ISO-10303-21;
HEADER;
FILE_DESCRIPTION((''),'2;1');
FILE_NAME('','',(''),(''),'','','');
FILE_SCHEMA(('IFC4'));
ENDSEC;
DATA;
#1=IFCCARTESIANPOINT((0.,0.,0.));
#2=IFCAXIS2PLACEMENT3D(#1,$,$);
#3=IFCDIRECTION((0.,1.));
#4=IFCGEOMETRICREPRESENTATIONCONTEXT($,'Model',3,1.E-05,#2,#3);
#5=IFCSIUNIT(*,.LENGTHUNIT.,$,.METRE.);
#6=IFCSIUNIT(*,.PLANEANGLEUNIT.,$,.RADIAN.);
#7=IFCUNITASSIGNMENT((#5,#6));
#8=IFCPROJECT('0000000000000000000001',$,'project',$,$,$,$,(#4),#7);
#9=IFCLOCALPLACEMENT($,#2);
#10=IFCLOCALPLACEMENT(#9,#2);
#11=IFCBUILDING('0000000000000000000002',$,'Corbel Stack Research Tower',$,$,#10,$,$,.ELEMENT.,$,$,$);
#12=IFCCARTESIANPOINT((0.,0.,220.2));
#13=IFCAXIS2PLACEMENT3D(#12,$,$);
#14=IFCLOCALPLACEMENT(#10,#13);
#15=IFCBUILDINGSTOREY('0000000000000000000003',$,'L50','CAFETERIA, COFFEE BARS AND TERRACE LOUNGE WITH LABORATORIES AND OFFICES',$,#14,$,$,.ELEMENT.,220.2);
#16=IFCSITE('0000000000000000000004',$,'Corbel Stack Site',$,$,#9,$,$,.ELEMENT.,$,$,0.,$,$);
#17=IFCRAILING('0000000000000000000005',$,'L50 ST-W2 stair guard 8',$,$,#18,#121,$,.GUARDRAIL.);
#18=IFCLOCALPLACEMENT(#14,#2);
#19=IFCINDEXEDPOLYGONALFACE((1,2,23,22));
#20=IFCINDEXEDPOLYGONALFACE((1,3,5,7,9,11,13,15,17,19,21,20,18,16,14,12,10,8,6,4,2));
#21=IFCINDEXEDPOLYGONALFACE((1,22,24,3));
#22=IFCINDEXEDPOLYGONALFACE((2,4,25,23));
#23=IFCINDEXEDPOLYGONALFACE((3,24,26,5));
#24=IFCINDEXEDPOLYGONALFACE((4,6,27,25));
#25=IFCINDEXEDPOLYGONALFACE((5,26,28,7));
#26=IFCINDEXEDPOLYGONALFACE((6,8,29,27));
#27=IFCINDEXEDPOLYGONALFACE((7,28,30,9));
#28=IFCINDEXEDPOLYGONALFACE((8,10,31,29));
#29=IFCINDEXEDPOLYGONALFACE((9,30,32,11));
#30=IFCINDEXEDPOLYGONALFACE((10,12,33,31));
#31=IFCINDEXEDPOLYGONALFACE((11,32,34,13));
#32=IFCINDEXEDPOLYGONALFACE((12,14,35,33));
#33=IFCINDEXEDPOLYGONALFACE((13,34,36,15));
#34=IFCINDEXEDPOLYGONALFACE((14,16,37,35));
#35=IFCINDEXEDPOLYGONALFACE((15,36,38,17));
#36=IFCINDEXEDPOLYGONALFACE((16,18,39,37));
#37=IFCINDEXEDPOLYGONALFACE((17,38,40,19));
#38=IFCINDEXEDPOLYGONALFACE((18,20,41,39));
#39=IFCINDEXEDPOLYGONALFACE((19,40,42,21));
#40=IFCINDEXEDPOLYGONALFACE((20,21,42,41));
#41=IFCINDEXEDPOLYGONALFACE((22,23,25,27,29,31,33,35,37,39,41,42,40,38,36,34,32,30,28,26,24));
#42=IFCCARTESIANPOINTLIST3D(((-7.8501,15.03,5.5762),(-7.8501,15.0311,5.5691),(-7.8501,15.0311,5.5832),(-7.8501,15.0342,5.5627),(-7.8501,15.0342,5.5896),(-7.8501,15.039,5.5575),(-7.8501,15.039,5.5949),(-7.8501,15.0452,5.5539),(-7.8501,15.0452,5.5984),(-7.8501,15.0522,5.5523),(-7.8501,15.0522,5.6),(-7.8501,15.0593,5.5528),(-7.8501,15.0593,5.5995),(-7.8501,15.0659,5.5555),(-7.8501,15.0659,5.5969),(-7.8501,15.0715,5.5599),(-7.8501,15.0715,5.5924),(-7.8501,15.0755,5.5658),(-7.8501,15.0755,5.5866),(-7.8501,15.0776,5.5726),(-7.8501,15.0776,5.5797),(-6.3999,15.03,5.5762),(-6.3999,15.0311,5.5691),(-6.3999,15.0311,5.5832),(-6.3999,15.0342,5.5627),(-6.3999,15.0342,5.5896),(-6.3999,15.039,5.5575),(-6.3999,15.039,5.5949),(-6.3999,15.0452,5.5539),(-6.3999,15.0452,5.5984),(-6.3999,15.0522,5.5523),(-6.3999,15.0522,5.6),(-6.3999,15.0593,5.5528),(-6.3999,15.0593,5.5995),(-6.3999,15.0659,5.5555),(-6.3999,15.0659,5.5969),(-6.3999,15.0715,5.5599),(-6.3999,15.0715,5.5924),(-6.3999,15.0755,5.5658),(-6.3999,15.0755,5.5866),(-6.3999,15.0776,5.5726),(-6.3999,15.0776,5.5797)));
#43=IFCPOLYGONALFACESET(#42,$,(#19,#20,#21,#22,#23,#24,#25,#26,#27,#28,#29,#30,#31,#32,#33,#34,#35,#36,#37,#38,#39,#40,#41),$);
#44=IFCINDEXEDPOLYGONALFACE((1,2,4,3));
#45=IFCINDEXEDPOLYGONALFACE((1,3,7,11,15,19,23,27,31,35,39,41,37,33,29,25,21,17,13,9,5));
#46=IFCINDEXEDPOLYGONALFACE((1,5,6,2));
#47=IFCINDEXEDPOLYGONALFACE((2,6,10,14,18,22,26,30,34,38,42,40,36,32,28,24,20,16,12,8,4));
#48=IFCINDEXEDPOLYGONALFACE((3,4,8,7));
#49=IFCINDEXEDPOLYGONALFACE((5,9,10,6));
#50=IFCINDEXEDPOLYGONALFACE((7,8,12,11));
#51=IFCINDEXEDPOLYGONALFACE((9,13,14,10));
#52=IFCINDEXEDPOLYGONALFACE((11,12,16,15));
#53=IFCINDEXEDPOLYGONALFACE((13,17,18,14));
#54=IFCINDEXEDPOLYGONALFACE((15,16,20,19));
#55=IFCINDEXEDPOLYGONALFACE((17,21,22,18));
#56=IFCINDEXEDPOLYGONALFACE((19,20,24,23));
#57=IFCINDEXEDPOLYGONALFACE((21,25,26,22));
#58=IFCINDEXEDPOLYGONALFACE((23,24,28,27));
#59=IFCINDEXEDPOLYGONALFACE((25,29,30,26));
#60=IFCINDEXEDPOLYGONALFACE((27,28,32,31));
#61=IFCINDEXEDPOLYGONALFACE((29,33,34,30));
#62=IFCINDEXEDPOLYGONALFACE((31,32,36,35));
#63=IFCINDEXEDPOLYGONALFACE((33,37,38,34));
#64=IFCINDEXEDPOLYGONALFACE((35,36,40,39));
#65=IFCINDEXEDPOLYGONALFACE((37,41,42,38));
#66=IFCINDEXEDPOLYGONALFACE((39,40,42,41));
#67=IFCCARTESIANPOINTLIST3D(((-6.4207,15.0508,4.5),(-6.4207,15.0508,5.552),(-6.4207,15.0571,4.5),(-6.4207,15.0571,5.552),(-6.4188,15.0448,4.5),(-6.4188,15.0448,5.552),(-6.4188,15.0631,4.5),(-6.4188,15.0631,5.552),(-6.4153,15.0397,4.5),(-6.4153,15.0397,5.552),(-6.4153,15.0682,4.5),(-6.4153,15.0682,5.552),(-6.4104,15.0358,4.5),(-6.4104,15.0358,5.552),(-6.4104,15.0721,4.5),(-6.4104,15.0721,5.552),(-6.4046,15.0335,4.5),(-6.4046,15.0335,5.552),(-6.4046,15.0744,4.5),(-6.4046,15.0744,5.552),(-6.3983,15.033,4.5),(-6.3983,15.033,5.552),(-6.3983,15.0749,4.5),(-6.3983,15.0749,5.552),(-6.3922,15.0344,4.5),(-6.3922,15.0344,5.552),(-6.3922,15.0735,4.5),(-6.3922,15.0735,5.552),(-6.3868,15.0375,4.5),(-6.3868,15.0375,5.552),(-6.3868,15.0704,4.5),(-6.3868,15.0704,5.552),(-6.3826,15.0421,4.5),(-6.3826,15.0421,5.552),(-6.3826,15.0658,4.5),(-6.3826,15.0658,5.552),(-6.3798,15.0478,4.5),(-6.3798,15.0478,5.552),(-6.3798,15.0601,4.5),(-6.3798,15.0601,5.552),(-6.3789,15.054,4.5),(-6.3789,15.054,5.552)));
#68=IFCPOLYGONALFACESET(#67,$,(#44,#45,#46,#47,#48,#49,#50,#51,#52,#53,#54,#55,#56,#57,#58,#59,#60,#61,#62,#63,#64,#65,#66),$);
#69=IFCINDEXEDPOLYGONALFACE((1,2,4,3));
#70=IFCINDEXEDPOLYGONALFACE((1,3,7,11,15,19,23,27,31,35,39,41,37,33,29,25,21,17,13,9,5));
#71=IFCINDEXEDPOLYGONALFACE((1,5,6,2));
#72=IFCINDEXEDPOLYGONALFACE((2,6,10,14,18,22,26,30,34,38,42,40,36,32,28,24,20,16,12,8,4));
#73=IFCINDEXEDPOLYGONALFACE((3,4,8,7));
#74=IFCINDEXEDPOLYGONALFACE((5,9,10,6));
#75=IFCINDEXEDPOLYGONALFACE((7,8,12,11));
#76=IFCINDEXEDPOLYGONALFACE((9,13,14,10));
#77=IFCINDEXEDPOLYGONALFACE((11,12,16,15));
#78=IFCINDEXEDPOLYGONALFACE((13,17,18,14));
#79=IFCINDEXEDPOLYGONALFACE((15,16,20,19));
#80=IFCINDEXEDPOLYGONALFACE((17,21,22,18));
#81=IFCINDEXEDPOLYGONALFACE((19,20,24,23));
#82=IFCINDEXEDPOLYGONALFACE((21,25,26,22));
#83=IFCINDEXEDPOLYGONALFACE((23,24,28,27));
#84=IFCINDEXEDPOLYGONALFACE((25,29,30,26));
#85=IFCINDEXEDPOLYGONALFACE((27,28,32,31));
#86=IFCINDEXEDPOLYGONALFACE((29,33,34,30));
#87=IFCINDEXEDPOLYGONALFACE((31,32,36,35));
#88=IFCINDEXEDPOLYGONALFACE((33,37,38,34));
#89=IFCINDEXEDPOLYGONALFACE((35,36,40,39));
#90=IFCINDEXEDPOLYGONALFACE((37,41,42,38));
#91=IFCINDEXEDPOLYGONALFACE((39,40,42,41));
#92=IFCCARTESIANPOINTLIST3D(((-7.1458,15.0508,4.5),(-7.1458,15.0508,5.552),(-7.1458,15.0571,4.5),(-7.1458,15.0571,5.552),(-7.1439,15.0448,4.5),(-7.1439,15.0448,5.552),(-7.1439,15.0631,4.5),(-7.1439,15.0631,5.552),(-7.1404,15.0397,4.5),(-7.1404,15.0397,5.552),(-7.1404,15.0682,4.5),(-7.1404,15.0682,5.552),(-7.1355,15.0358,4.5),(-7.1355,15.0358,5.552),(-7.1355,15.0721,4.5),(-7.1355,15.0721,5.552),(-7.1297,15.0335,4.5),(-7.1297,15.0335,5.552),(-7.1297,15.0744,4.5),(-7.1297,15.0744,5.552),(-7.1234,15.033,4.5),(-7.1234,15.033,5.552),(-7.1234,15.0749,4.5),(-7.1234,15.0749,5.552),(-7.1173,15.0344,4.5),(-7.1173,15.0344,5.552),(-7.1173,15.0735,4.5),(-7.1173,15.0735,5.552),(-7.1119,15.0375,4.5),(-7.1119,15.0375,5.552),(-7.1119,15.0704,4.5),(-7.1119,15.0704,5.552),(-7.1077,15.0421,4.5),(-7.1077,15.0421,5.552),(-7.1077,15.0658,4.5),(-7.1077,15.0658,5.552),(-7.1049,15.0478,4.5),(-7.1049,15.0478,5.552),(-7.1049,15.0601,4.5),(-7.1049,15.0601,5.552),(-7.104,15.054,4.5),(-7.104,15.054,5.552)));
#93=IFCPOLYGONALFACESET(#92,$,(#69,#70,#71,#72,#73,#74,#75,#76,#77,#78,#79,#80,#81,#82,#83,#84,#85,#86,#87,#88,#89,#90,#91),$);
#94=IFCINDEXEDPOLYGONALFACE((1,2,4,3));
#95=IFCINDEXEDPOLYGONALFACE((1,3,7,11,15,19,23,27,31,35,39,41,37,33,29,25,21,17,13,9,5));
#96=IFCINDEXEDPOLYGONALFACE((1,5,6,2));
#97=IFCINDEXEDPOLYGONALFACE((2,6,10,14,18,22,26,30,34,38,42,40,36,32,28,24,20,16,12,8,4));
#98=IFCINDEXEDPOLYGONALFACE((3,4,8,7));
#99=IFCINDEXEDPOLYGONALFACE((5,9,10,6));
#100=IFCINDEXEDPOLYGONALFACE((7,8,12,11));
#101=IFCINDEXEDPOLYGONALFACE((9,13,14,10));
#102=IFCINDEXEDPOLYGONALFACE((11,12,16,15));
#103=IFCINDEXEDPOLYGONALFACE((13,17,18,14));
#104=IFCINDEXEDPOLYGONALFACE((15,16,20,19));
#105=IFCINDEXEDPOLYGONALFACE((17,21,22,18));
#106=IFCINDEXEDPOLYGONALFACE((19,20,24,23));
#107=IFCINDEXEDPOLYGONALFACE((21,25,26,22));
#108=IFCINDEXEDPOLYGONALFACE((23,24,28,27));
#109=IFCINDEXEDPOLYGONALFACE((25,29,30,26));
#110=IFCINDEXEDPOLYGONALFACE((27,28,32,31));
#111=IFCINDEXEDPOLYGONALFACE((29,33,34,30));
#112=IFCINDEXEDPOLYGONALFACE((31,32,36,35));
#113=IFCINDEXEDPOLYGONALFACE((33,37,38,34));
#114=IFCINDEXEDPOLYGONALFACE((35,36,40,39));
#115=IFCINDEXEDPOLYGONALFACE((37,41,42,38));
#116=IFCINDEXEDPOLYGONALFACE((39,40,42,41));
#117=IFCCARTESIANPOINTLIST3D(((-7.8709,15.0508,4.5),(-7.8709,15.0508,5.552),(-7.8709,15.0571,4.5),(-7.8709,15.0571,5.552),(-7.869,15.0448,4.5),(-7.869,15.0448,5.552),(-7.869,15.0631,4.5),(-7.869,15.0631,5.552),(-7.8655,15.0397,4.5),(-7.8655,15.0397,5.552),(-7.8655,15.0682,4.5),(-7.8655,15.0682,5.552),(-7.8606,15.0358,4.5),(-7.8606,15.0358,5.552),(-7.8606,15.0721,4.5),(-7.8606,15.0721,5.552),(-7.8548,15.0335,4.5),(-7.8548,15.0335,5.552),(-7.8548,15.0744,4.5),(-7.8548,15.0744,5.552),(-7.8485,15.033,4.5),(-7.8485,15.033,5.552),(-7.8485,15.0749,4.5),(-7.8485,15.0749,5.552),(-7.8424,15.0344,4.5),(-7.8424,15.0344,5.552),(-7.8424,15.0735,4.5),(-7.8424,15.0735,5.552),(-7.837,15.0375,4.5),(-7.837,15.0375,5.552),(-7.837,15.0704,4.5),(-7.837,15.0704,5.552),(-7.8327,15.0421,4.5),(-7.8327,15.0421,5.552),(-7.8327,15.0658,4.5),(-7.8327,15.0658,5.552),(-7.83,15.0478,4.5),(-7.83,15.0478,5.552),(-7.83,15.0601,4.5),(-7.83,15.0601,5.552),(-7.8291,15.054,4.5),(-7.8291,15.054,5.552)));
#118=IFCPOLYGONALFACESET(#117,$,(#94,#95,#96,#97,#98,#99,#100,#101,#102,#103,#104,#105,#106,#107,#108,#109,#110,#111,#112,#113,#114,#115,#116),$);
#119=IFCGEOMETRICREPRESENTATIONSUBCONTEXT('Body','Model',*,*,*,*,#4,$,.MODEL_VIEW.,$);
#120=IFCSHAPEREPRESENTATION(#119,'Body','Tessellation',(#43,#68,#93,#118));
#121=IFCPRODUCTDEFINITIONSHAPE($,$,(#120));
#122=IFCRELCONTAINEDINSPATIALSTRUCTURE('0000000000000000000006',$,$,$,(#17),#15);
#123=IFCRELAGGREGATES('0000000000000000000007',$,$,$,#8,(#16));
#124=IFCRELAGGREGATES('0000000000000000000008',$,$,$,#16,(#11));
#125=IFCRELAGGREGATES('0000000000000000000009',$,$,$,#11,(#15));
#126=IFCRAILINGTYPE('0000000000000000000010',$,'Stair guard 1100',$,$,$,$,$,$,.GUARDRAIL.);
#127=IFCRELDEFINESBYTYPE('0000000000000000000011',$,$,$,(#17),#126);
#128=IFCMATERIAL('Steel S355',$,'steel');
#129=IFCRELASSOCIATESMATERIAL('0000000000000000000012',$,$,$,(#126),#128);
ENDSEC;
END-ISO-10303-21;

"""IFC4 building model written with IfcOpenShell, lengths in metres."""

from ifc_helpers import new_model, si_unit, direction, frame, origin, origin_2d, place, context, subcontext, project, spatial, circle, extrude, material, type_object, element, save


model = new_model("IFC4")

# Units and contexts
model_context = context("Model", 3, precision=1e-05, world=origin(), true_north=direction((0.0, 1.0)))
body_context = subcontext(model_context, "Body", "Model", "MODEL_VIEW")
ifc_project = project(units=[si_unit("LENGTHUNIT", "METRE"), si_unit("PLANEANGLEUNIT", "RADIAN")], contexts=[model_context])

# Site, building, storey
site_placement = place(None, origin())
site = spatial("IfcSite", under=ifc_project, at=site_placement, Name="Corbel Stack Site", CompositionType="ELEMENT", RefElevation=0.0)
building_placement = place(site_placement, origin())
building = spatial("IfcBuilding", under=site, at=building_placement, Name="Corbel Stack Research Tower", CompositionType="ELEMENT")
storey_placement = place(building_placement, frame((0.0, 0.0, 220.2)))
storey = spatial("IfcBuildingStorey", under=building, at=storey_placement, Name="L50", Description="CAFETERIA, COFFEE BARS AND TERRACE LOUNGE WITH LABORATORIES AND OFFICES", CompositionType="ELEMENT", Elevation=220.2)

# Railing
ifc_material_1 = material(Name="Steel S355", Category="steel")
railing_type_1 = type_object("IfcRailingType", Name="Stair guard 1100", PredefinedType="GUARDRAIL", material=ifc_material_1)
railing_1_placement = place(storey_placement, frame((-6.3999, 15.054, 4.5)))
element("IfcRailing", 1, at=railing_1_placement, inside=storey, type_object=railing_type_1, Name="L50 ST-W2 stair guard 8", PredefinedType="GUARDRAIL", context=body_context, shape_type="SweptSolid", body=[
    extrude(circle(Radius=0.0239, at=origin_2d()), frame((0.0, 0.0, 1.0762), z_axis=(-1.0, 0.0, 0.0), x_axis=(0.0, -1.0, 0.0)), (0.0, 0.0, 1.0), 1.4502),
    extrude(circle(Radius=0.021, at=origin_2d()), origin(), (0.0, 0.0, 1.0), 1.052),
    extrude(circle(Radius=0.021, at=origin_2d()), frame((-0.7251, 0.0, 0.0)), (0.0, 0.0, 1.0), 1.052),
    extrude(circle(Radius=0.021, at=origin_2d()), frame((-1.4502, 0.0, 0.0)), (0.0, 0.0, 1.0), 1.052),
])

save(model, "model.ifc")
